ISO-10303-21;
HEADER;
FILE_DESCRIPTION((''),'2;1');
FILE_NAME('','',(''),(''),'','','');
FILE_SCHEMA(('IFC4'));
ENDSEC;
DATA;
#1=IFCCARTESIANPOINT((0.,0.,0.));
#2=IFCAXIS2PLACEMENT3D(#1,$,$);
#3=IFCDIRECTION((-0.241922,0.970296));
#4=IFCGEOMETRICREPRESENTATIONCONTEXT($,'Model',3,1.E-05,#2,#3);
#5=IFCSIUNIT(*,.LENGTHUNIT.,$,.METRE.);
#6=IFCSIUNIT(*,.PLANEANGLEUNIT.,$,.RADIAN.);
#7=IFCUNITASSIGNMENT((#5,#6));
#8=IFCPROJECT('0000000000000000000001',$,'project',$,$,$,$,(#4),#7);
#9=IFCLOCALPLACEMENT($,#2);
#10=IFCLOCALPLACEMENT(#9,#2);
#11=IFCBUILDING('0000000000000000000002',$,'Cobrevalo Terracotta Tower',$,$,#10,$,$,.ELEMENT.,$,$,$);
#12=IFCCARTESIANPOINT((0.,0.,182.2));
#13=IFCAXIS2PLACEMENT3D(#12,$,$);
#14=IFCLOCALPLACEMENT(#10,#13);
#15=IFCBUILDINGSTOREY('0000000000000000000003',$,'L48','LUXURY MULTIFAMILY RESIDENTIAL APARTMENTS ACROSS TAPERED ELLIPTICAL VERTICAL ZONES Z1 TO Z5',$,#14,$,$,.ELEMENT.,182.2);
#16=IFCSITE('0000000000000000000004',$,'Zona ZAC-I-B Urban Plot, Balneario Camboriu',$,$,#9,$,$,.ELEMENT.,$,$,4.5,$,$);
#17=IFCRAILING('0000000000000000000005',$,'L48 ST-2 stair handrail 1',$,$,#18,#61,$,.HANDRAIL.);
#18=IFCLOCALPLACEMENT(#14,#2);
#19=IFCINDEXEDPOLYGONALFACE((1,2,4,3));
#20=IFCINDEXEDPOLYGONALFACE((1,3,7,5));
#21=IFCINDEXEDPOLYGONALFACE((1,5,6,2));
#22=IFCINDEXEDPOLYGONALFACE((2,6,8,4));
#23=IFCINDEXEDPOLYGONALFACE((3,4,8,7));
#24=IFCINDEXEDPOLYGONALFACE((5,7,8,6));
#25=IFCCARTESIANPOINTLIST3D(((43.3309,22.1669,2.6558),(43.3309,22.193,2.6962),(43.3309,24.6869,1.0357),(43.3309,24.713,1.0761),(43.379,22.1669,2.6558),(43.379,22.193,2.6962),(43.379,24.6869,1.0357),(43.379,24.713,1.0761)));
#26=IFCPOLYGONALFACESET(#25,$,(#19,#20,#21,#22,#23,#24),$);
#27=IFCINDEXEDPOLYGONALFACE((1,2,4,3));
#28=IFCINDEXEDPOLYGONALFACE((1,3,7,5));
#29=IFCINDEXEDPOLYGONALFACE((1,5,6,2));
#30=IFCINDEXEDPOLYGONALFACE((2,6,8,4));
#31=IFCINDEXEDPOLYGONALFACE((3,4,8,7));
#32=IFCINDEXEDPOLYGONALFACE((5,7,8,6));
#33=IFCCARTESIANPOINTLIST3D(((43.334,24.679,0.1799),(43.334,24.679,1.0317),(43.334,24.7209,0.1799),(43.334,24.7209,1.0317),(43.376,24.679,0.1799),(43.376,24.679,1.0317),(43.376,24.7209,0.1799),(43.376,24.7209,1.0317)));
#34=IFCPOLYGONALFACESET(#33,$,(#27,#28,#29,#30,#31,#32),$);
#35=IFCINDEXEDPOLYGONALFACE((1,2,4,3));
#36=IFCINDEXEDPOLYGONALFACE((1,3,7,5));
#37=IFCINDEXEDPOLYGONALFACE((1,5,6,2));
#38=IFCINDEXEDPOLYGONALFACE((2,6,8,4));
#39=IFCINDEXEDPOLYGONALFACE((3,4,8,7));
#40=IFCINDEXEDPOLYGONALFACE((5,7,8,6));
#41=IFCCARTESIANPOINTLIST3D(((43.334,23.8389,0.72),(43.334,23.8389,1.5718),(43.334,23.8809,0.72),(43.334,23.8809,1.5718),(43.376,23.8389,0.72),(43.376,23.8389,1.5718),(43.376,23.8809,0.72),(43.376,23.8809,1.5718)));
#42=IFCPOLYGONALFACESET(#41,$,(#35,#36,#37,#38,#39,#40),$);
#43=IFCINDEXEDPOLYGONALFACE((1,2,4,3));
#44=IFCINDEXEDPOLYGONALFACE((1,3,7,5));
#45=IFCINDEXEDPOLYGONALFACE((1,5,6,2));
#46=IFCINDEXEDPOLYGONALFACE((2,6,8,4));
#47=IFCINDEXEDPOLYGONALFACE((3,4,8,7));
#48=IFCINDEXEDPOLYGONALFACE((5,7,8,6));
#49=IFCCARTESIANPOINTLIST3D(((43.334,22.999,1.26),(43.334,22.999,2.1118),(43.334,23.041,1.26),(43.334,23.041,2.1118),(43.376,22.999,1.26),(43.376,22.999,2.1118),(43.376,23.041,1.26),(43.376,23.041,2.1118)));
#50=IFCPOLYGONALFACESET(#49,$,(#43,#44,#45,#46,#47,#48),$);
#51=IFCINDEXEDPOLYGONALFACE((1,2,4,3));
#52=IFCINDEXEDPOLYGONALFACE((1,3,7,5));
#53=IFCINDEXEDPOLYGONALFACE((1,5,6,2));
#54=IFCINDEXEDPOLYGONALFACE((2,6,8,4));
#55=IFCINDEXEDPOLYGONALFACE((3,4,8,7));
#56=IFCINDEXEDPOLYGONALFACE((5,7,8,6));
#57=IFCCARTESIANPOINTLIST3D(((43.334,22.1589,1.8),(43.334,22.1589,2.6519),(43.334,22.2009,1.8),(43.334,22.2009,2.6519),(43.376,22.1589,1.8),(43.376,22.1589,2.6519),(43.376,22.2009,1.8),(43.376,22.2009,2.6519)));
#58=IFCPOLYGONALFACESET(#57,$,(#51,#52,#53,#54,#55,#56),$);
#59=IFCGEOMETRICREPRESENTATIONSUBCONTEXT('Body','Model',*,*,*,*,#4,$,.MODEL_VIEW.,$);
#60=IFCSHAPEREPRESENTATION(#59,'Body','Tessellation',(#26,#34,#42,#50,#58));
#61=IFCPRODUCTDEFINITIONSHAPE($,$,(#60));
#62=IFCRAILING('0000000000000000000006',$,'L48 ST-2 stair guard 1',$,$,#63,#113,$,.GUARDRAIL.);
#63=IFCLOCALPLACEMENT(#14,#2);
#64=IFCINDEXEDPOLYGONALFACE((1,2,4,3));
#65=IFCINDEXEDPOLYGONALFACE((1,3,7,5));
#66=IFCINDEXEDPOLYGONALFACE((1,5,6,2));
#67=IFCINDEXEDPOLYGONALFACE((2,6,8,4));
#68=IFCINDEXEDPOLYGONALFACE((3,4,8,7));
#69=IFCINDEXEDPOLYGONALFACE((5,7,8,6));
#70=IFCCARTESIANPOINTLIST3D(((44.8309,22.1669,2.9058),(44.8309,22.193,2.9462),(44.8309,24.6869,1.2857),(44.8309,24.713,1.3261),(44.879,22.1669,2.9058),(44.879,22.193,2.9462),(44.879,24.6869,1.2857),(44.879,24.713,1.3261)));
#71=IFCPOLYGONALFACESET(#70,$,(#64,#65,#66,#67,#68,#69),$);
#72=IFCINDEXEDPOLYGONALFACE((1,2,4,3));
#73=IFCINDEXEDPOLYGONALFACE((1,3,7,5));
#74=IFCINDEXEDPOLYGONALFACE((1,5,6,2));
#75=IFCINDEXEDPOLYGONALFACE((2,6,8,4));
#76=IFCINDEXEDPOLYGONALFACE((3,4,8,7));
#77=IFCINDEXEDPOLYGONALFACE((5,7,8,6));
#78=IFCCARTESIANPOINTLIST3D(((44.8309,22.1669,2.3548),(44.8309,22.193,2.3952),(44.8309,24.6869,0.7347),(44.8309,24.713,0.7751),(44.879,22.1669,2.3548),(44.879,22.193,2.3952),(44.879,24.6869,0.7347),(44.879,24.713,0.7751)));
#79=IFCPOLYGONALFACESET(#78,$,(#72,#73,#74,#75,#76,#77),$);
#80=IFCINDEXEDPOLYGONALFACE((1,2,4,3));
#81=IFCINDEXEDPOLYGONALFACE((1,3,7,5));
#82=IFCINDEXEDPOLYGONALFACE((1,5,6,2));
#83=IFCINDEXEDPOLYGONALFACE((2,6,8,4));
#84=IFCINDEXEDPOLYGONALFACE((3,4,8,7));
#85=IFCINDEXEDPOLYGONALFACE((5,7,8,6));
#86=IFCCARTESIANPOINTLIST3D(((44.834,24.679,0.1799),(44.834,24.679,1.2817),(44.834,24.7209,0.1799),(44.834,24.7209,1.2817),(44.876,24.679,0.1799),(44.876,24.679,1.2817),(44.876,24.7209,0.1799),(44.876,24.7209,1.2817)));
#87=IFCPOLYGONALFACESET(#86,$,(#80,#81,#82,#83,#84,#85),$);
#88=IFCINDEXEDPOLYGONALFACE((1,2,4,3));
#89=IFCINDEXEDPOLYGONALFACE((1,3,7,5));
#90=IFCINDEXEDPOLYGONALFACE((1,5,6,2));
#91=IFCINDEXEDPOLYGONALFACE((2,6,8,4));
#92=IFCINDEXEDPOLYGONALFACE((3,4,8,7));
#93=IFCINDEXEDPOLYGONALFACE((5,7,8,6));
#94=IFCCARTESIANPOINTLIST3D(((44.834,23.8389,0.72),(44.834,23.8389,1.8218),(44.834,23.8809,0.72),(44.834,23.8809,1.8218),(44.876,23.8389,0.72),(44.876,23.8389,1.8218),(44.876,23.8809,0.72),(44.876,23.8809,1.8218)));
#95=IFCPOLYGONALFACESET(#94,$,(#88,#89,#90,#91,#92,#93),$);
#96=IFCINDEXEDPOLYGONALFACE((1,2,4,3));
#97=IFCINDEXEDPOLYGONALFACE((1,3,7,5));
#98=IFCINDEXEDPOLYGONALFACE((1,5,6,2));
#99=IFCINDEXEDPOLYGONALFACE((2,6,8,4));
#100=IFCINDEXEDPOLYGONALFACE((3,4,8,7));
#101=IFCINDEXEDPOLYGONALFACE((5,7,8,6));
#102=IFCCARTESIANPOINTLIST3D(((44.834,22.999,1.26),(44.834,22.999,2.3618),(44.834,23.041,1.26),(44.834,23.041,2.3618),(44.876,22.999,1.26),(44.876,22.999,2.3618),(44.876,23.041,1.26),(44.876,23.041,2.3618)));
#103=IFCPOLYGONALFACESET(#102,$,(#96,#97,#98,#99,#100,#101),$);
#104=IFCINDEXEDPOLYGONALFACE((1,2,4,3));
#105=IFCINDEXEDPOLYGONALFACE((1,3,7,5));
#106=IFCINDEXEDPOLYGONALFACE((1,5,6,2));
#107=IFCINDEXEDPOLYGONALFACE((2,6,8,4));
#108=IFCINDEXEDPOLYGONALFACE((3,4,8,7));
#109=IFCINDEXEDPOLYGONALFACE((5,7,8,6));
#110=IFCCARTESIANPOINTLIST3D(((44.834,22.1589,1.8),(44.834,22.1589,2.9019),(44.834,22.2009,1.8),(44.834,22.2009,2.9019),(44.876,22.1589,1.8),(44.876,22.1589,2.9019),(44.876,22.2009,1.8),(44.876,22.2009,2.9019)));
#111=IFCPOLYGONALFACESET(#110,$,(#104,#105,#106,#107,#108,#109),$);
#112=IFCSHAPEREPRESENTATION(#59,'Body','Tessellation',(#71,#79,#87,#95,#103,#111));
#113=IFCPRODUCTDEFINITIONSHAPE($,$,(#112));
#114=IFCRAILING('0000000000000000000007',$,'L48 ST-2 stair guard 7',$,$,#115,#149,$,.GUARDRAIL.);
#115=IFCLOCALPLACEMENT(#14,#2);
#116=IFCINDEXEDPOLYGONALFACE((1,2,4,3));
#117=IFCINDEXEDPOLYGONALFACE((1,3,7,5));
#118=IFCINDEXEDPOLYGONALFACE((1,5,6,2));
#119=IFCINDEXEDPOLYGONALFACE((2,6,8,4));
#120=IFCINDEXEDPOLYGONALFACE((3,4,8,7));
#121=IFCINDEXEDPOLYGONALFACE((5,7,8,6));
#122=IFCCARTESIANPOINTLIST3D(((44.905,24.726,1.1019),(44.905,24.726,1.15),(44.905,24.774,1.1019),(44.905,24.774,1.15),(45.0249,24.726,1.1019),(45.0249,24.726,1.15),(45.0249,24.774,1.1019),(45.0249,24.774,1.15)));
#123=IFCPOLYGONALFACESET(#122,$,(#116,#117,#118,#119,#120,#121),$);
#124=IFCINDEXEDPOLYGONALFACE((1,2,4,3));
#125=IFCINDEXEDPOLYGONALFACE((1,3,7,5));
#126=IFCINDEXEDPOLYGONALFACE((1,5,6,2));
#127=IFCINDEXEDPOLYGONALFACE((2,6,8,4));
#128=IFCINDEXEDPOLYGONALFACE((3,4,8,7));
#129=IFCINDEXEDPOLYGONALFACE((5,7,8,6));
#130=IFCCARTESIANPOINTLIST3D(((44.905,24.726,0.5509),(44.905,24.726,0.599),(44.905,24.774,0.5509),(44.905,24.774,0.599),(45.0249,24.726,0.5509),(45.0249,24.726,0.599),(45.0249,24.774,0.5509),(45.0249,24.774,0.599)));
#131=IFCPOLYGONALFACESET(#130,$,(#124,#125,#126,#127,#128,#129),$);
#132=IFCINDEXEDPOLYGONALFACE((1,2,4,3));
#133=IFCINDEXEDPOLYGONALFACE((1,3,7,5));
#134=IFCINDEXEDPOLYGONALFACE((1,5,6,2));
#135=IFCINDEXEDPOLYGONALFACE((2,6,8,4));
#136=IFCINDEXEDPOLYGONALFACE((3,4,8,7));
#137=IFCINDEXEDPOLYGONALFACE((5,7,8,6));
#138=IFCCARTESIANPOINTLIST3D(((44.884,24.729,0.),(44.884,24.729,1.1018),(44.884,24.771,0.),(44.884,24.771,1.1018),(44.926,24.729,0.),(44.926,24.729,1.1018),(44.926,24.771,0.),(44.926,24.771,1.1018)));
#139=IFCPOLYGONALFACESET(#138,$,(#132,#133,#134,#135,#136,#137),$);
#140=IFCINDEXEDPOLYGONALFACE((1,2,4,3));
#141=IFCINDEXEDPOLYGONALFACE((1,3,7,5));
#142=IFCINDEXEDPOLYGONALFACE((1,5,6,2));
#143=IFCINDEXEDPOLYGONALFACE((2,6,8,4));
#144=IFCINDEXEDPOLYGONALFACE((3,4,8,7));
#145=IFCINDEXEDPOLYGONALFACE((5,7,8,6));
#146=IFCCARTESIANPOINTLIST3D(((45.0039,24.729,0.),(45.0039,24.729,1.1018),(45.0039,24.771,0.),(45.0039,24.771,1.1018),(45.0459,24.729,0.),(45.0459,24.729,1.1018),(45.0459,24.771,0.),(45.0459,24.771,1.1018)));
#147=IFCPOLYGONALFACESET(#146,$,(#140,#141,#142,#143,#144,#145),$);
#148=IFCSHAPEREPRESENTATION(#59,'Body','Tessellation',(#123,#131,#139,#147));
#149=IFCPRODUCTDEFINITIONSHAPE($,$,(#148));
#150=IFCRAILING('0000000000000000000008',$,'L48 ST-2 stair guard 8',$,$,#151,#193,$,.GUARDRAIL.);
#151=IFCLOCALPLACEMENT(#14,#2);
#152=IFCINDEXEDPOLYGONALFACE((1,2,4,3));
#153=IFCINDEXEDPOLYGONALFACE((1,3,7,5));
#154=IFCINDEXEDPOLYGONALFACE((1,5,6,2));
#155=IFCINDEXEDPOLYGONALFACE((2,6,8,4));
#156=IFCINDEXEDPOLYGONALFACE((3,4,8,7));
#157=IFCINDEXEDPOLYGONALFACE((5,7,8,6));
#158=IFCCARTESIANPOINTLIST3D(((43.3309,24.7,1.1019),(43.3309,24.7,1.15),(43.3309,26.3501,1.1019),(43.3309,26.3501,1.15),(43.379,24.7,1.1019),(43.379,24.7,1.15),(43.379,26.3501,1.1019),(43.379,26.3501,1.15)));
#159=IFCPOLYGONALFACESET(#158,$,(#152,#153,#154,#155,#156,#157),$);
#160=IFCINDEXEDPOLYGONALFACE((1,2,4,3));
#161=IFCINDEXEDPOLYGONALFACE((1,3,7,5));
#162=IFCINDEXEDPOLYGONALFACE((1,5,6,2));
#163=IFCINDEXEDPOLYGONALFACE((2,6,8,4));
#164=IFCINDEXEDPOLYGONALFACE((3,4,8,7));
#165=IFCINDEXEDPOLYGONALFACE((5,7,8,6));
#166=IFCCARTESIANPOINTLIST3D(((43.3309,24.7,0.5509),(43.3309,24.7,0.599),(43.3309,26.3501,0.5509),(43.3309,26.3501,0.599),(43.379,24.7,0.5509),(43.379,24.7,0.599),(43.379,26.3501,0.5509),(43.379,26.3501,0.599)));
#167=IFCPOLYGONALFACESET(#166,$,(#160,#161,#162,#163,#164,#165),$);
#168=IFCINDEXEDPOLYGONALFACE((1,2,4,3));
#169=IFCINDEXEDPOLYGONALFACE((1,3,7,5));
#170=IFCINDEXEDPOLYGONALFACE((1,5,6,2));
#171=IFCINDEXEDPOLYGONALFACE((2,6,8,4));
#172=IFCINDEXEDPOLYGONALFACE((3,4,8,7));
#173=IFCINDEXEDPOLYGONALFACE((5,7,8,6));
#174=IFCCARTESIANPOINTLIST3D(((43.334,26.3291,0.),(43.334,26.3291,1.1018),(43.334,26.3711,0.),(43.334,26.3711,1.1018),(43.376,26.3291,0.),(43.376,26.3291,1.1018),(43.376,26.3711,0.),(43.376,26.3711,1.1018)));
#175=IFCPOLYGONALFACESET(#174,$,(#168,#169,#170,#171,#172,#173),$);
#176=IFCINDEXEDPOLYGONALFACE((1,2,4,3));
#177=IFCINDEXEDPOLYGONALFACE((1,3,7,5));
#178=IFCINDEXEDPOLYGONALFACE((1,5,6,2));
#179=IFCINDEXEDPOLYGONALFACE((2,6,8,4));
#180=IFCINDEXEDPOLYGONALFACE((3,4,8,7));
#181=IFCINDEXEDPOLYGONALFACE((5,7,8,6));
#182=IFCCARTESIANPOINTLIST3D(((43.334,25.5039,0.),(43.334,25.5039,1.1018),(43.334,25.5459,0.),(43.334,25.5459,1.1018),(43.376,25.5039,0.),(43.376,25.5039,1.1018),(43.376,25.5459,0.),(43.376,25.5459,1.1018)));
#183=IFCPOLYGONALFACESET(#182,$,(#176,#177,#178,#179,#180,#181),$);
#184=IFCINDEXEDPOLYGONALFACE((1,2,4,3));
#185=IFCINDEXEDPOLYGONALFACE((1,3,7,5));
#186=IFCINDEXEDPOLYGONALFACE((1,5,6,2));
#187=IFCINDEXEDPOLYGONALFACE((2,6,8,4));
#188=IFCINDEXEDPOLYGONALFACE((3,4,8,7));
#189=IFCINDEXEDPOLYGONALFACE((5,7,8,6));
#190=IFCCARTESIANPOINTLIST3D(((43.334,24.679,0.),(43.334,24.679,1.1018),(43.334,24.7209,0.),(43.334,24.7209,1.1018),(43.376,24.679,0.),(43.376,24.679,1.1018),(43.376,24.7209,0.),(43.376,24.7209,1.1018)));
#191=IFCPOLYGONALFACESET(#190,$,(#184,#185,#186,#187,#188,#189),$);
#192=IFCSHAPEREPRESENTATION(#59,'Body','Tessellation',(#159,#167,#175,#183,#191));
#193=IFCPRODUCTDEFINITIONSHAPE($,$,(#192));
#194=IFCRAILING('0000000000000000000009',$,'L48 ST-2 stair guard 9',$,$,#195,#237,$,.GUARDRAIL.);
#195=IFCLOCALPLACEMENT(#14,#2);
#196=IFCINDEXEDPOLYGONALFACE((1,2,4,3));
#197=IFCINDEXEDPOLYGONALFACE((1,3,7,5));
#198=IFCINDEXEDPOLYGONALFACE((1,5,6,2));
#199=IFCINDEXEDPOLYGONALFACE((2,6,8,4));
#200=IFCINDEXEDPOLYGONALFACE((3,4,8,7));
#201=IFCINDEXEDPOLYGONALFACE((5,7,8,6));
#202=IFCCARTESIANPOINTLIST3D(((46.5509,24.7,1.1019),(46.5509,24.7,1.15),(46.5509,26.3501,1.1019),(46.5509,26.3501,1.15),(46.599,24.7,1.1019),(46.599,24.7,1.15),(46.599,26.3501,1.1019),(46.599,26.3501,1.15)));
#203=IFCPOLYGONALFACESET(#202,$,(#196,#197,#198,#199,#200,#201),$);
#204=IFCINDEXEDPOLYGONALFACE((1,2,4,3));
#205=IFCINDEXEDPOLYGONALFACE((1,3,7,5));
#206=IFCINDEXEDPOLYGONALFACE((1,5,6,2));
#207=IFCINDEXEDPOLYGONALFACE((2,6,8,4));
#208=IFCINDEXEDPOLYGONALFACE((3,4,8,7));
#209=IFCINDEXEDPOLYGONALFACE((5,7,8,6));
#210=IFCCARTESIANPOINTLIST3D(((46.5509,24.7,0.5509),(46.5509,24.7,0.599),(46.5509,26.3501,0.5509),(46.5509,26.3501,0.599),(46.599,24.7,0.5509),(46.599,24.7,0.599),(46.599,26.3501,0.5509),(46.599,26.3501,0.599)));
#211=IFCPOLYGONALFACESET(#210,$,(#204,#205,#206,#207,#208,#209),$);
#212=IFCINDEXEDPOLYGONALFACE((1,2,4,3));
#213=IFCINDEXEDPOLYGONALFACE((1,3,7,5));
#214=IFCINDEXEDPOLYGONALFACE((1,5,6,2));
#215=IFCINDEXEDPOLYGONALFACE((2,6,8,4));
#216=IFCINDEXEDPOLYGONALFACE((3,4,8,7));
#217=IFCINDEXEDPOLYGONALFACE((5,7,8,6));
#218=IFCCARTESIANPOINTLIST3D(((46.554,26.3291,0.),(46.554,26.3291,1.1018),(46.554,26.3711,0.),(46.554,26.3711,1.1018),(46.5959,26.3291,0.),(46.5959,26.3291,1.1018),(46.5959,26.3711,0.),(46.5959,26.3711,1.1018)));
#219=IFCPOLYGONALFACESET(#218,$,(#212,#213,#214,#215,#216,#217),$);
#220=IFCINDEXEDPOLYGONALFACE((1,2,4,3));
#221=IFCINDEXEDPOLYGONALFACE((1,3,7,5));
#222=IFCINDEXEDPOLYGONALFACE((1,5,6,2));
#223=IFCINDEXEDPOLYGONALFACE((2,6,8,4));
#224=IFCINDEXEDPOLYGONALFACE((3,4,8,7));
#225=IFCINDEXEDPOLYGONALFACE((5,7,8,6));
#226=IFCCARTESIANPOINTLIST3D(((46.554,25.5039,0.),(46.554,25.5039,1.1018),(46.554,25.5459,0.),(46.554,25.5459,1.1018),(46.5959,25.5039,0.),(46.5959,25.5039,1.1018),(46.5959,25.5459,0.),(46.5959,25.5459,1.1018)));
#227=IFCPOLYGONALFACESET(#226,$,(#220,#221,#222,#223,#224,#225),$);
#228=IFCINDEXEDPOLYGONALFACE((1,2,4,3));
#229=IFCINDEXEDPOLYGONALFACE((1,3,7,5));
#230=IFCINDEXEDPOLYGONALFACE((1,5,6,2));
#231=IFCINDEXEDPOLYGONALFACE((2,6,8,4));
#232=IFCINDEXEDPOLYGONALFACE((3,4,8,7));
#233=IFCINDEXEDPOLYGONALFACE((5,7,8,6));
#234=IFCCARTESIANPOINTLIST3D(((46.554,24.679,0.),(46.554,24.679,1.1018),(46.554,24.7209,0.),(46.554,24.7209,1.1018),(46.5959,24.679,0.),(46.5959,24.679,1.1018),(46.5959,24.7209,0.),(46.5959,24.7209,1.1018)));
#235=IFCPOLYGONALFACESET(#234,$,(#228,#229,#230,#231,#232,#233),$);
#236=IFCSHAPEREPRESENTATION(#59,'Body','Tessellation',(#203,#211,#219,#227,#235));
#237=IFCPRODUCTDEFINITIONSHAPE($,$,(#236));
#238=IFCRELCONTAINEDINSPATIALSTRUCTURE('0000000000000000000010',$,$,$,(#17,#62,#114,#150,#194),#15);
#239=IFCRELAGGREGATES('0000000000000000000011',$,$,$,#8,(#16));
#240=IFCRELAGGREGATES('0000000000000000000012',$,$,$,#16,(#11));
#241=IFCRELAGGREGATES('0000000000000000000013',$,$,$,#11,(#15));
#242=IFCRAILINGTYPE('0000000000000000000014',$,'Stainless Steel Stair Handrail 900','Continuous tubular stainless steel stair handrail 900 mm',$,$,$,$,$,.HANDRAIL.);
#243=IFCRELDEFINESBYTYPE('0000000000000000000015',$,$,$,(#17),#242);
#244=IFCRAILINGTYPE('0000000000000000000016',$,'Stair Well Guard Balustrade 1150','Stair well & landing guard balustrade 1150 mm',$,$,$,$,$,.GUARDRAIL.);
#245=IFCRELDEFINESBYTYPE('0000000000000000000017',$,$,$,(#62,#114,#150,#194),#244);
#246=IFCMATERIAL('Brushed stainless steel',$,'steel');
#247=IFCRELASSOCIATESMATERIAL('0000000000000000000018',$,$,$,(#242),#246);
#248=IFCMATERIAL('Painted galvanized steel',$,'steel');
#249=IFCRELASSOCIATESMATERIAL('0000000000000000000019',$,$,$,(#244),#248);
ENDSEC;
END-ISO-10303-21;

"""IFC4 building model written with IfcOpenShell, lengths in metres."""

from ifc_helpers import new_model, si_unit, direction, frame, origin, origin_2d, place, context, subcontext, project, spatial, rectangle, extrude, material, type_object, element, save


model = new_model("IFC4")

# Units and contexts
model_context = context("Model", 3, precision=1e-05, world=origin(), true_north=direction((-0.241922, 0.970296)))
body_context = subcontext(model_context, "Body", "Model", "MODEL_VIEW")
ifc_project = project(units=[si_unit("LENGTHUNIT", "METRE"), si_unit("PLANEANGLEUNIT", "RADIAN")], contexts=[model_context])

# Site, building, storey
site_placement = place(None, origin())
site = spatial("IfcSite", under=ifc_project, at=site_placement, Name="Zona ZAC-I-B Urban Plot, Balneario Camboriu", CompositionType="ELEMENT", RefElevation=4.5)
building_placement = place(site_placement, origin())
building = spatial("IfcBuilding", under=site, at=building_placement, Name="Cobrevalo Terracotta Tower", CompositionType="ELEMENT")
storey_placement = place(building_placement, frame((0.0, 0.0, 182.2)))
storey = spatial("IfcBuildingStorey", under=building, at=storey_placement, Name="L48", Description="LUXURY MULTIFAMILY RESIDENTIAL APARTMENTS ACROSS TAPERED ELLIPTICAL VERTICAL ZONES Z1 TO Z5", CompositionType="ELEMENT", Elevation=182.2)

# Shared definitions
ifc_material_1 = material(Name="Brushed stainless steel", Category="steel")

# Railings
railing_type_1 = type_object("IfcRailingType", Name="Stainless Steel Stair Handrail 900", Description="Continuous tubular stainless steel stair handrail 900 mm", PredefinedType="HANDRAIL", material=ifc_material_1)
railing_1_placement = place(storey_placement, frame((43.355, 24.7, 0.1799)))
element("IfcRailing", 1, at=railing_1_placement, inside=storey, type_object=railing_type_1, Name="L48 ST-2 stair handrail 1", PredefinedType="HANDRAIL", context=body_context, shape_type="SweptSolid", body=[
    extrude(rectangle(XDim=0.0481, YDim=0.0481, at=origin_2d()), frame((0.0, 0.0, 0.876), z_axis=(0.0, -0.841163, 0.540782), x_axis=(1.0, 0.0, 0.0)), (0.0, 0.0, 1.0), 2.9958),
    extrude(rectangle(XDim=0.042, YDim=0.042, at=origin_2d()), origin(), (0.0, 0.0, 1.0), 0.8518),
    extrude(rectangle(XDim=0.042, YDim=0.042, at=origin_2d()), frame((0.0, -0.8401, 0.54)), (0.0, 0.0, 1.0), 0.8518),
    extrude(rectangle(XDim=0.042, YDim=0.042, at=origin_2d()), frame((0.0, -1.6799, 1.0801)), (0.0, 0.0, 1.0), 0.8518),
    extrude(rectangle(XDim=0.042, YDim=0.042, at=origin_2d()), frame((0.0, -2.52, 1.6201)), (0.0, 0.0, 1.0), 0.8518),
])
ifc_material_2 = material(Name="Painted galvanized steel", Category="steel")
railing_type_2 = type_object("IfcRailingType", Name="Stair Well Guard Balustrade 1150", Description="Stair well & landing guard balustrade 1150 mm", PredefinedType="GUARDRAIL", material=ifc_material_2)
railing_2_placement = place(storey_placement, frame((44.855, 24.7, 0.1799)))
element("IfcRailing", 2, at=railing_2_placement, inside=storey, type_object=railing_type_2, Name="L48 ST-2 stair guard 1", PredefinedType="GUARDRAIL", context=body_context, shape_type="SweptSolid", body=[
    extrude(rectangle(XDim=0.0481, YDim=0.0481, at=origin_2d()), frame((0.0, 0.0, 1.126), z_axis=(0.0, -0.841163, 0.540782), x_axis=(1.0, 0.0, 0.0)), (0.0, 0.0, 1.0), 2.9958),
    extrude(rectangle(XDim=0.0481, YDim=0.0481, at=origin_2d()), frame((0.0, 0.0, 0.575), z_axis=(0.0, -0.841163, 0.540782), x_axis=(1.0, 0.0, 0.0)), (0.0, 0.0, 1.0), 2.9958),
    extrude(rectangle(XDim=0.042, YDim=0.042, at=origin_2d()), origin(), (0.0, 0.0, 1.0), 1.1018),
    extrude(rectangle(XDim=0.042, YDim=0.042, at=origin_2d()), frame((0.0, -0.8401, 0.54)), (0.0, 0.0, 1.0), 1.1018),
    extrude(rectangle(XDim=0.042, YDim=0.042, at=origin_2d()), frame((0.0, -1.6799, 1.0801)), (0.0, 0.0, 1.0), 1.1018),
    extrude(rectangle(XDim=0.042, YDim=0.042, at=origin_2d()), frame((0.0, -2.52, 1.6201)), (0.0, 0.0, 1.0), 1.1018),
])
railing_3_placement = place(storey_placement, frame((44.905, 24.75, 0.0)))
element("IfcRailing", 3, at=railing_3_placement, inside=storey, type_object=railing_type_2, Name="L48 ST-2 stair guard 7", PredefinedType="GUARDRAIL", context=body_context, shape_type="SweptSolid", body=[
    extrude(rectangle(XDim=0.0481, YDim=0.0481, at=origin_2d()), frame((0.0, 0.0, 1.126), z_axis=(1.0, 0.0, 0.0), x_axis=(0.0, 1.0, 0.0)), (0.0, 0.0, 1.0), 0.1199),
    extrude(rectangle(XDim=0.0481, YDim=0.0481, at=origin_2d()), frame((0.0, 0.0, 0.575), z_axis=(1.0, 0.0, 0.0), x_axis=(0.0, 1.0, 0.0)), (0.0, 0.0, 1.0), 0.1199),
    extrude(rectangle(XDim=0.042, YDim=0.042, at=origin_2d()), origin(), (0.0, 0.0, 1.0), 1.1018),
    extrude(rectangle(XDim=0.042, YDim=0.042, at=origin_2d()), frame((0.1199, 0.0, 0.0)), (0.0, 0.0, 1.0), 1.1018),
])
for number, where, name in (
    (4, (43.355, 26.3501, 0.0), "L48 ST-2 stair guard 8"),
    (5, (46.575, 26.3501, 0.0), "L48 ST-2 stair guard 9"),
):
    element("IfcRailing", number, at=place(storey_placement, frame(where)), inside=storey, type_object=railing_type_2, Name=name, PredefinedType="GUARDRAIL", context=body_context, shape_type="SweptSolid", body=[
        extrude(rectangle(XDim=0.0481, YDim=0.0481, at=origin_2d()), frame((0.0, 0.0, 1.126), z_axis=(0.0, -1.0, 0.0), x_axis=(1.0, 0.0, 0.0)), (0.0, 0.0, 1.0), 1.6501),
        extrude(rectangle(XDim=0.0481, YDim=0.0481, at=origin_2d()), frame((0.0, 0.0, 0.575), z_axis=(0.0, -1.0, 0.0), x_axis=(1.0, 0.0, 0.0)), (0.0, 0.0, 1.0), 1.6501),
        extrude(rectangle(XDim=0.042, YDim=0.042, at=origin_2d()), origin(), (0.0, 0.0, 1.0), 1.1018),
        extrude(rectangle(XDim=0.042, YDim=0.042, at=origin_2d()), frame((0.0, -0.8252, 0.0)), (0.0, 0.0, 1.0), 1.1018),
        extrude(rectangle(XDim=0.042, YDim=0.042, at=origin_2d()), frame((0.0, -1.6501, 0.0)), (0.0, 0.0, 1.0), 1.1018),
    ])

save(model, "model.ifc")
